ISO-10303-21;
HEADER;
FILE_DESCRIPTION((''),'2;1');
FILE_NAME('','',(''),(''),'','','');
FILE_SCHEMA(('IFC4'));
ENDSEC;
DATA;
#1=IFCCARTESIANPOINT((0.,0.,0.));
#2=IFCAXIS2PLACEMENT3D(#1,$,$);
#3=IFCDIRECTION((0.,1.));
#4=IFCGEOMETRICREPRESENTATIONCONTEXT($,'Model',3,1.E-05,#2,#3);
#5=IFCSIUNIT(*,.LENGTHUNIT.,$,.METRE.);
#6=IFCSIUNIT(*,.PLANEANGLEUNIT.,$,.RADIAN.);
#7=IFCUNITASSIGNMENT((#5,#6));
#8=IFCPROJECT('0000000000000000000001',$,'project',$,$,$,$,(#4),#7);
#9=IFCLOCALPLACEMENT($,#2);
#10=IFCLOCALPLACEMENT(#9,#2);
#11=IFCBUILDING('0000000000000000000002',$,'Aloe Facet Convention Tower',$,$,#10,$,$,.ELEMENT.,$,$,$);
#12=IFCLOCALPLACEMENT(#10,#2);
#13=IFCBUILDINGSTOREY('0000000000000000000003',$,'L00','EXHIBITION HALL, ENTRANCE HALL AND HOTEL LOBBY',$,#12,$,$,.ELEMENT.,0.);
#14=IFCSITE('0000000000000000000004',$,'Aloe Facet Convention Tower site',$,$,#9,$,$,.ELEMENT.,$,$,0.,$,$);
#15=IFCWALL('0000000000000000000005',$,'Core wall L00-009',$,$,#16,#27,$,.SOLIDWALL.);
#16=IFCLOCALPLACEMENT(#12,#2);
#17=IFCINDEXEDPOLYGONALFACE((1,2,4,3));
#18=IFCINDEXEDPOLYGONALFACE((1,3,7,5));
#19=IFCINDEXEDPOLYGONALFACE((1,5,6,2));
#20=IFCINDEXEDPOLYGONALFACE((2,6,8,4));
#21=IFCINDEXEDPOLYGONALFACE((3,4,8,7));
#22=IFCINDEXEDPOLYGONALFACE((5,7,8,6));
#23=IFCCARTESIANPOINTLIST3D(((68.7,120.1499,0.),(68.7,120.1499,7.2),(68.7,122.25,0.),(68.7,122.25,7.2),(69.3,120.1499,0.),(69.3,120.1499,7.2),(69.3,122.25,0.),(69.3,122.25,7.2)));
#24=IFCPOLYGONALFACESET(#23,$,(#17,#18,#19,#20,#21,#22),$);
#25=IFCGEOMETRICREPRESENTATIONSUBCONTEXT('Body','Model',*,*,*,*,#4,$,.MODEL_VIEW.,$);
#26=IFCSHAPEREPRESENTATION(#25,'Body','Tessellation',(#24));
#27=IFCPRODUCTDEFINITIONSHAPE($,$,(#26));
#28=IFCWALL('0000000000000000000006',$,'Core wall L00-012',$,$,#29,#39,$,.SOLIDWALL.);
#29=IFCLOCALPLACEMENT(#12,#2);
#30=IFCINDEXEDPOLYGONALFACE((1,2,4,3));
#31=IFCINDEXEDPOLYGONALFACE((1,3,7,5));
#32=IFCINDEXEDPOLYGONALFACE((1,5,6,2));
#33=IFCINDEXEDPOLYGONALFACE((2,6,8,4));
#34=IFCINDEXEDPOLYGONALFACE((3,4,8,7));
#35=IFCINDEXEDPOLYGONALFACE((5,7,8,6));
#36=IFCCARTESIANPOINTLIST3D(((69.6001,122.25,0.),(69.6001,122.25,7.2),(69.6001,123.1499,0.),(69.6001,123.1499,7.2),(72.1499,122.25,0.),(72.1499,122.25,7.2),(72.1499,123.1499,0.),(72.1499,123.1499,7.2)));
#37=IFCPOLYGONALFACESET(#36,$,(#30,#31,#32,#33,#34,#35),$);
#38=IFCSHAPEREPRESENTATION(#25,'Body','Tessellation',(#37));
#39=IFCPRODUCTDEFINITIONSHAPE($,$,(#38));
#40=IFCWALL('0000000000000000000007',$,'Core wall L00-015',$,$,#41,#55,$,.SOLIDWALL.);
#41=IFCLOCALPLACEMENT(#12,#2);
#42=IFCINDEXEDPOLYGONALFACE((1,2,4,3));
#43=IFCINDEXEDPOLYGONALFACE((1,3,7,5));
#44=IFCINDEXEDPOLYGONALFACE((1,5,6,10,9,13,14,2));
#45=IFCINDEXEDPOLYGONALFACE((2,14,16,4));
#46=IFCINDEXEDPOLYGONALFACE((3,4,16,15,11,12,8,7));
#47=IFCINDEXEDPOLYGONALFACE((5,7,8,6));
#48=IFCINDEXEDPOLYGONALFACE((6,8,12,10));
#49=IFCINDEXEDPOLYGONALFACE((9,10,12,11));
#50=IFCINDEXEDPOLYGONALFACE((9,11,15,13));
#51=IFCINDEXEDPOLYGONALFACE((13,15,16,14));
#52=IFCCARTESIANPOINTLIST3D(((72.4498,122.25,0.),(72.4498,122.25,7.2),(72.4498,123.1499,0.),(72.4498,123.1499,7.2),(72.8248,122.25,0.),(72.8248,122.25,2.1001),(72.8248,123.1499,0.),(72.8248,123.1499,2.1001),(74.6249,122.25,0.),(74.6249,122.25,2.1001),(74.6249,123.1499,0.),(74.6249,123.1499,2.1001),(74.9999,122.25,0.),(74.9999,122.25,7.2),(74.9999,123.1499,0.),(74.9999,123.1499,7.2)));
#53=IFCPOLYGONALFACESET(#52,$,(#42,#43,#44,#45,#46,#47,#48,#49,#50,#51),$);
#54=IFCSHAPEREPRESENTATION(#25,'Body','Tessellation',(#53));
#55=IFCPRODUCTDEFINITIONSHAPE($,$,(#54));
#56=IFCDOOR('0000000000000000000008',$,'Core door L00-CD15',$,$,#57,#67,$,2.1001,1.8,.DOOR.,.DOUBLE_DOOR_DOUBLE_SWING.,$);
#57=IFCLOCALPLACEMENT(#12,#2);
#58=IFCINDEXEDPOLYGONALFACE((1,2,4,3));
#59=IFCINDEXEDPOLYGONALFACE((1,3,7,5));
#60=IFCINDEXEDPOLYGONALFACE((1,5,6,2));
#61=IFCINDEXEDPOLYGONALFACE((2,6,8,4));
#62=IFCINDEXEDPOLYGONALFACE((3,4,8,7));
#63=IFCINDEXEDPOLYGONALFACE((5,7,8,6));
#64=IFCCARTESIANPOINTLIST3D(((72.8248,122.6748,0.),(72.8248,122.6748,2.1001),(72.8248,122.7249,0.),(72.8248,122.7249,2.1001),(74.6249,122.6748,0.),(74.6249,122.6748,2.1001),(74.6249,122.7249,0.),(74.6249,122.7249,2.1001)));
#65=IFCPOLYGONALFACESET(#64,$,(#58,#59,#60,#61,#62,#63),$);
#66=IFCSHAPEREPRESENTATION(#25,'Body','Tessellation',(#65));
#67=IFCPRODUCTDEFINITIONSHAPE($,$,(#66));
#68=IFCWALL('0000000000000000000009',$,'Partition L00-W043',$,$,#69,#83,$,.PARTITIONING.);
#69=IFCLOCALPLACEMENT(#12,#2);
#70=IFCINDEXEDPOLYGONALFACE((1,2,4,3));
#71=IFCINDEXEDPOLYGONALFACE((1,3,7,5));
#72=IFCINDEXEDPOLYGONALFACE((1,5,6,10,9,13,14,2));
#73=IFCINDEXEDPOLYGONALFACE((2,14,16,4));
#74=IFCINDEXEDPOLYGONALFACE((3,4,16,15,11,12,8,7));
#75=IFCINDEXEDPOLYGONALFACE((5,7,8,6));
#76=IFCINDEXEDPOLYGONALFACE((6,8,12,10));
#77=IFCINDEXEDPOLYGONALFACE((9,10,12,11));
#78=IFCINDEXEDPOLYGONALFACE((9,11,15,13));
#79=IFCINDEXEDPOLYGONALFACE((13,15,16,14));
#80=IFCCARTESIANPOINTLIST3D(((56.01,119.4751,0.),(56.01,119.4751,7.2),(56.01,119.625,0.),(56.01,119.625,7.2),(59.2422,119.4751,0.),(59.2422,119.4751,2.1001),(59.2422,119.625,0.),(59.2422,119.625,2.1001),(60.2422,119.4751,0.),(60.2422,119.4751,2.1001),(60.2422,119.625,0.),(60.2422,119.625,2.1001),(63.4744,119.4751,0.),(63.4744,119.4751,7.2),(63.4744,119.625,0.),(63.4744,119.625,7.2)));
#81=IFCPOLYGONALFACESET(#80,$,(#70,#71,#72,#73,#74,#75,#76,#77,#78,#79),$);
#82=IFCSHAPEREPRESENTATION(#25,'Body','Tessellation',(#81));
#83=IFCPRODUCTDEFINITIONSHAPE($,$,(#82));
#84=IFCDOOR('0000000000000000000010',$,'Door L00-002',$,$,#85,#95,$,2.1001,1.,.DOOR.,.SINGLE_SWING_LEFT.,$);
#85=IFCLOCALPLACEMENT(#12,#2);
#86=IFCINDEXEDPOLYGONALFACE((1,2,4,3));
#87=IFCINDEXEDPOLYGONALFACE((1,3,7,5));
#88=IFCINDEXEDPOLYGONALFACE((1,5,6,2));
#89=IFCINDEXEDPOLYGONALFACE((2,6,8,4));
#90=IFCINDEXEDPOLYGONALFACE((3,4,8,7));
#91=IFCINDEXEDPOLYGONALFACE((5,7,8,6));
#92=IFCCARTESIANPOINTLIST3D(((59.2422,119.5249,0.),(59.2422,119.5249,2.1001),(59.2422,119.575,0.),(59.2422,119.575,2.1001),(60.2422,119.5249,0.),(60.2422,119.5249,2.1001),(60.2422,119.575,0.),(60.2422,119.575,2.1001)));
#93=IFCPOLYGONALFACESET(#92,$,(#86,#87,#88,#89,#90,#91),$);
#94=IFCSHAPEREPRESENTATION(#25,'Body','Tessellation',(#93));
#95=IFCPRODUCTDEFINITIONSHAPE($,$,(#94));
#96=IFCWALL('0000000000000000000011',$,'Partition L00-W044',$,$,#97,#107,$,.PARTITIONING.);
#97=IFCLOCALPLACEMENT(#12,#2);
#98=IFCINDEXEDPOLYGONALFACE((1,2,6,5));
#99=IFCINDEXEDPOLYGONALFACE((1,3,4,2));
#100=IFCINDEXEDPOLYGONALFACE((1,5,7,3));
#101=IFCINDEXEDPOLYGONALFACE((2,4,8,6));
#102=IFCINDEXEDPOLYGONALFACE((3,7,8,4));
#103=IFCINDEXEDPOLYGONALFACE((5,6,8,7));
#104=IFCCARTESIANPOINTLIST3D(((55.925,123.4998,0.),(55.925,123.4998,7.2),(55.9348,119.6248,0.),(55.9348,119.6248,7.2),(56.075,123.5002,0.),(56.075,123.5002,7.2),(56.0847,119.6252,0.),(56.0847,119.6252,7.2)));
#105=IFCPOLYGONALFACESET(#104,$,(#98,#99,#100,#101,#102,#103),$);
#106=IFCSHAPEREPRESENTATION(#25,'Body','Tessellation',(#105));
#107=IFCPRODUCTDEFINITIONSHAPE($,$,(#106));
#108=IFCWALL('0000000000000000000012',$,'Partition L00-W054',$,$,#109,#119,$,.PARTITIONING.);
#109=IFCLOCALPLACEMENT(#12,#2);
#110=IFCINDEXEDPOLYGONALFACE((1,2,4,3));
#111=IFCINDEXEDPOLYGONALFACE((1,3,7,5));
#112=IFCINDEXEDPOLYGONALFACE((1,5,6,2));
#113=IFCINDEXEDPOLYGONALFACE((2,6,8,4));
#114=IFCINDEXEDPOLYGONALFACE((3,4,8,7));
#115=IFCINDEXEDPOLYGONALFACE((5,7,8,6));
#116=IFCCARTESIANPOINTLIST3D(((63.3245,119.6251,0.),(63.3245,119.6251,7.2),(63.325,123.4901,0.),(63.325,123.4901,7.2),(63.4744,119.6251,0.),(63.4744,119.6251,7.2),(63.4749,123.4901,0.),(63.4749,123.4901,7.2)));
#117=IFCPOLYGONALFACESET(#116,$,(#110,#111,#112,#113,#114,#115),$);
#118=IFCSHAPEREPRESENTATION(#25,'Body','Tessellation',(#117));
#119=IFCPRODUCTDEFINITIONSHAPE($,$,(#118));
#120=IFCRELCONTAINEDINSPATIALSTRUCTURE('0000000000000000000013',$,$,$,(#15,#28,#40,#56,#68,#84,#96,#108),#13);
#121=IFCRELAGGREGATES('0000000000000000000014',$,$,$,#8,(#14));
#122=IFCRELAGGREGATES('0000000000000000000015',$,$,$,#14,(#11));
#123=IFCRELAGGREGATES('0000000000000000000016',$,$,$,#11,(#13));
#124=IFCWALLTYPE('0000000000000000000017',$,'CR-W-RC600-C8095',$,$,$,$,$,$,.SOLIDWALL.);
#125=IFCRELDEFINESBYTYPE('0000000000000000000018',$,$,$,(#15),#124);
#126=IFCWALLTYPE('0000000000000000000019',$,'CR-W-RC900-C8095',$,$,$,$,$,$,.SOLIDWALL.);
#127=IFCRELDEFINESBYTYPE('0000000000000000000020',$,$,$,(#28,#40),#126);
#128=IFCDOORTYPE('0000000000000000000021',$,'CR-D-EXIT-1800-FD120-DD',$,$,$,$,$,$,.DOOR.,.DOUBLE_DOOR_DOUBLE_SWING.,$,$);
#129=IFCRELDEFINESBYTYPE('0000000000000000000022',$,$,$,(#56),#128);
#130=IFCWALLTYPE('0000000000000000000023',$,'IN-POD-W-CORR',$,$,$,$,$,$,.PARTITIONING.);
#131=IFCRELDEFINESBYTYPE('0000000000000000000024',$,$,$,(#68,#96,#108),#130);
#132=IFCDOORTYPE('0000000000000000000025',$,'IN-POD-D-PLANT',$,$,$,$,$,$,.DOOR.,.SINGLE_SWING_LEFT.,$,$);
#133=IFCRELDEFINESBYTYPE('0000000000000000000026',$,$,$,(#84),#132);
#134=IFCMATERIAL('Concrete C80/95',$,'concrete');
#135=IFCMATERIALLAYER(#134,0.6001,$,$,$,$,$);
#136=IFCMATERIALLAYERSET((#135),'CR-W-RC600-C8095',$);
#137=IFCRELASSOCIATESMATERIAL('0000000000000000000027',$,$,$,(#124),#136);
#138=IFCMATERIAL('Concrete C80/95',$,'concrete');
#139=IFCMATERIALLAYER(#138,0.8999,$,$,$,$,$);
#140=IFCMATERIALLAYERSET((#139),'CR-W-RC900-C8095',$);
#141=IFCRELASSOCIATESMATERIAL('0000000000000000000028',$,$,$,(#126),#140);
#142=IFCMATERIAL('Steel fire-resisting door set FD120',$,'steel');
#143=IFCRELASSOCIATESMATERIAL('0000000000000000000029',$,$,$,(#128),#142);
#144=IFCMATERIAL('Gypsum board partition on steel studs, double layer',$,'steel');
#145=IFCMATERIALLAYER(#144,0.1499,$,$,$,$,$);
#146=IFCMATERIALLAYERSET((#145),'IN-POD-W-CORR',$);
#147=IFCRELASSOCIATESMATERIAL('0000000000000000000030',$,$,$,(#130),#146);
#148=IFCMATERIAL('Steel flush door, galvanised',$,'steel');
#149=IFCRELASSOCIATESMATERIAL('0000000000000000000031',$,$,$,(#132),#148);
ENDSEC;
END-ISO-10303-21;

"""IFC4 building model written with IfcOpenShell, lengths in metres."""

from ifc_helpers import new_model, si_unit, direction, frame, frame_2d, origin, place, context, subcontext, project, spatial, rectangle, extrude, material, layer, layer_set, type_object, element, fill, save


model = new_model("IFC4")

# Units and contexts
model_context = context("Model", 3, precision=1e-05, world=origin(), true_north=direction((0.0, 1.0)))
body_context = subcontext(model_context, "Body", "Model", "MODEL_VIEW")
ifc_project = project(units=[si_unit("LENGTHUNIT", "METRE"), si_unit("PLANEANGLEUNIT", "RADIAN")], contexts=[model_context])

# Site, building, storey
site_placement = place(None, origin())
site = spatial("IfcSite", under=ifc_project, at=site_placement, Name="Aloe Facet Convention Tower site", CompositionType="ELEMENT", RefElevation=0.0)
building_placement = place(site_placement, origin())
building = spatial("IfcBuilding", under=site, at=building_placement, Name="Aloe Facet Convention Tower", CompositionType="ELEMENT")
storey_placement = place(building_placement, origin())
storey = spatial("IfcBuildingStorey", under=building, at=storey_placement, Name="L00", Description="EXHIBITION HALL, ENTRANCE HALL AND HOTEL LOBBY", CompositionType="ELEMENT", Elevation=0.0)

# Shared definitions
ifc_material_1 = material(Name="Concrete C80/95", Category="concrete")
ifc_layer_1 = layer(ifc_material_1, 0.6001)
ifc_layer_set_1 = layer_set([ifc_layer_1], Name="CR-W-RC600-C8095")
wall_type_1 = type_object("IfcWallType", Name="CR-W-RC600-C8095", PredefinedType="SOLIDWALL", material=ifc_layer_set_1)

# Walls
wall_1_placement = place(storey_placement, frame((69.0, 122.25, 0.0), z_axis=(0.0, 0.0, 1.0), x_axis=(0.0, -1.0, 0.0)))
element("IfcWall", 1, at=wall_1_placement, inside=storey, type_object=wall_type_1, Name="Core wall L00-009", PredefinedType="SOLIDWALL", context=body_context, shape_type="SweptSolid", body=[
    extrude(rectangle(XDim=2.1001, YDim=0.6001, at=frame_2d((1.05, 0.0))), origin(), (0.0, 0.0, 1.0), 7.2),
])
ifc_material_2 = material(Name="Concrete C80/95", Category="concrete")
ifc_layer_2 = layer(ifc_material_2, 0.8999)
ifc_layer_set_2 = layer_set([ifc_layer_2], Name="CR-W-RC900-C8095")
wall_type_2 = type_object("IfcWallType", Name="CR-W-RC900-C8095", PredefinedType="SOLIDWALL", material=ifc_layer_set_2)
wall_2_placement = place(storey_placement, frame((69.6001, 122.7, 0.0), z_axis=(0.0, 0.0, 1.0), x_axis=(1.0, 0.0, 0.0)))
element("IfcWall", 2, at=wall_2_placement, inside=storey, type_object=wall_type_2, Name="Core wall L00-012", PredefinedType="SOLIDWALL", context=body_context, shape_type="SweptSolid", body=[
    extrude(rectangle(XDim=2.5498, YDim=0.8999, at=frame_2d((1.2749, 0.0))), origin(), (0.0, 0.0, 1.0), 7.2),
])

# Walls, openings, doors
wall_3_placement = place(storey_placement, frame((72.45, 122.7, 0.0), z_axis=(0.0, 0.0, 1.0), x_axis=(1.0, 0.0, 0.0)))
wall_3 = element("IfcWall", 3, at=wall_3_placement, inside=storey, type_object=wall_type_2, Name="Core wall L00-015", PredefinedType="SOLIDWALL", context=body_context, shape_type="SweptSolid", body=[
    extrude(rectangle(XDim=2.55, YDim=0.8999, at=frame_2d((1.2749, 0.0))), origin(), (0.0, 0.0, 1.0), 7.2),
])
opening_1_placement = place(wall_3_placement, frame((0.375, 0.0, 0.0)))
opening_1 = element("IfcOpeningElement", 4, at=opening_1_placement, cuts=wall_3, PredefinedType="OPENING", context=body_context, shape_type="SweptSolid", body=[
    extrude(rectangle(XDim=1.8, YDim=2.1001, at=frame_2d((0.8999, 1.05))), frame((0.0, 0.46, 0.0), z_axis=(0.0, -1.0, 0.0), x_axis=(1.0, 0.0, 0.0)), (0.0, 0.0, 1.0), 0.9199),
])
ifc_material_3 = material(Name="Steel fire-resisting door set FD120", Category="steel")
door_type_1 = type_object("IfcDoorType", Name="CR-D-EXIT-1800-FD120-DD", OperationType="DOUBLE_DOOR_DOUBLE_SWING", PredefinedType="DOOR", material=ifc_material_3)
door_1_placement = place(opening_1_placement, origin())
door_1 = element("IfcDoor", 5, at=door_1_placement, inside=storey, type_object=door_type_1, Name="Core door L00-CD15", OperationType="DOUBLE_DOOR_DOUBLE_SWING", OverallHeight=2.1001, OverallWidth=1.8, PredefinedType="DOOR", context=body_context, shape_type="SweptSolid", body=[
    extrude(rectangle(XDim=1.8, YDim=2.1001, at=frame_2d((0.8999, 1.05))), frame((0.0, 0.0249, 0.0), z_axis=(0.0, -1.0, 0.0), x_axis=(1.0, 0.0, 0.0)), (0.0, 0.0, 1.0), 0.05),
])
fill(opening_1, door_1)
ifc_material_4 = material(Name="Gypsum board partition on steel studs, double layer", Category="steel")
ifc_layer_3 = layer(ifc_material_4, 0.1499)
ifc_layer_set_3 = layer_set([ifc_layer_3], Name="IN-POD-W-CORR")
wall_type_3 = type_object("IfcWallType", Name="IN-POD-W-CORR", PredefinedType="PARTITIONING", material=ifc_layer_set_3)
wall_4_placement = place(storey_placement, frame((56.01, 119.55, 0.0), z_axis=(0.0, 0.0, 1.0), x_axis=(1.0, 0.0, 0.0)))
wall_4 = element("IfcWall", 6, at=wall_4_placement, inside=storey, type_object=wall_type_3, Name="Partition L00-W043", PredefinedType="PARTITIONING", context=body_context, shape_type="SweptSolid", body=[
    extrude(rectangle(XDim=7.4644, YDim=0.1499, at=frame_2d((3.7322, 0.0))), origin(), (0.0, 0.0, 1.0), 7.2),
])
opening_2_placement = place(wall_4_placement, frame((3.2322, 0.0, 0.0)))
opening_2 = element("IfcOpeningElement", 7, at=opening_2_placement, cuts=wall_4, PredefinedType="OPENING", context=body_context, shape_type="SweptSolid", body=[
    extrude(rectangle(XDim=1.0, YDim=2.1001, at=frame_2d((0.5, 1.05))), frame((0.0, 0.085, 0.0), z_axis=(0.0, -1.0, 0.0), x_axis=(1.0, 0.0, 0.0)), (0.0, 0.0, 1.0), 0.1699),
])
ifc_material_5 = material(Name="Steel flush door, galvanised", Category="steel")
door_type_2 = type_object("IfcDoorType", Name="IN-POD-D-PLANT", OperationType="SINGLE_SWING_LEFT", PredefinedType="DOOR", material=ifc_material_5)
door_2_placement = place(opening_2_placement, origin())
door_2 = element("IfcDoor", 8, at=door_2_placement, inside=storey, type_object=door_type_2, Name="Door L00-002", OperationType="SINGLE_SWING_LEFT", OverallHeight=2.1001, OverallWidth=1.0, PredefinedType="DOOR", context=body_context, shape_type="SweptSolid", body=[
    extrude(rectangle(XDim=1.0, YDim=2.1001, at=frame_2d((0.5, 1.05))), frame((0.0, 0.0249, 0.0), z_axis=(0.0, -1.0, 0.0), x_axis=(1.0, 0.0, 0.0)), (0.0, 0.0, 1.0), 0.05),
])
fill(opening_2, door_2)

# Walls
wall_5_placement = place(storey_placement, frame((56.0098, 119.625, 0.0), z_axis=(0.0, 0.0, 1.0), x_axis=(-0.00252, 0.999997, 0.0)))
element("IfcWall", 9, at=wall_5_placement, inside=storey, type_object=wall_type_3, Name="Partition L00-W044", PredefinedType="PARTITIONING", context=body_context, shape_type="SweptSolid", body=[
    extrude(rectangle(XDim=3.875, YDim=0.1499, at=frame_2d((1.9375, 0.0))), origin(), (0.0, 0.0, 1.0), 7.2),
])
wall_6_placement = place(storey_placement, frame((63.3994, 119.625, 0.0), z_axis=(0.0, 0.0, 1.0), x_axis=(0.000126, 1.0, 0.0)))
element("IfcWall", 10, at=wall_6_placement, inside=storey, type_object=wall_type_3, Name="Partition L00-W054", PredefinedType="PARTITIONING", context=body_context, shape_type="SweptSolid", body=[
    extrude(rectangle(XDim=3.865, YDim=0.1499, at=frame_2d((1.9326, 0.0))), origin(), (0.0, 0.0, 1.0), 7.2),
])

save(model, "model.ifc")
